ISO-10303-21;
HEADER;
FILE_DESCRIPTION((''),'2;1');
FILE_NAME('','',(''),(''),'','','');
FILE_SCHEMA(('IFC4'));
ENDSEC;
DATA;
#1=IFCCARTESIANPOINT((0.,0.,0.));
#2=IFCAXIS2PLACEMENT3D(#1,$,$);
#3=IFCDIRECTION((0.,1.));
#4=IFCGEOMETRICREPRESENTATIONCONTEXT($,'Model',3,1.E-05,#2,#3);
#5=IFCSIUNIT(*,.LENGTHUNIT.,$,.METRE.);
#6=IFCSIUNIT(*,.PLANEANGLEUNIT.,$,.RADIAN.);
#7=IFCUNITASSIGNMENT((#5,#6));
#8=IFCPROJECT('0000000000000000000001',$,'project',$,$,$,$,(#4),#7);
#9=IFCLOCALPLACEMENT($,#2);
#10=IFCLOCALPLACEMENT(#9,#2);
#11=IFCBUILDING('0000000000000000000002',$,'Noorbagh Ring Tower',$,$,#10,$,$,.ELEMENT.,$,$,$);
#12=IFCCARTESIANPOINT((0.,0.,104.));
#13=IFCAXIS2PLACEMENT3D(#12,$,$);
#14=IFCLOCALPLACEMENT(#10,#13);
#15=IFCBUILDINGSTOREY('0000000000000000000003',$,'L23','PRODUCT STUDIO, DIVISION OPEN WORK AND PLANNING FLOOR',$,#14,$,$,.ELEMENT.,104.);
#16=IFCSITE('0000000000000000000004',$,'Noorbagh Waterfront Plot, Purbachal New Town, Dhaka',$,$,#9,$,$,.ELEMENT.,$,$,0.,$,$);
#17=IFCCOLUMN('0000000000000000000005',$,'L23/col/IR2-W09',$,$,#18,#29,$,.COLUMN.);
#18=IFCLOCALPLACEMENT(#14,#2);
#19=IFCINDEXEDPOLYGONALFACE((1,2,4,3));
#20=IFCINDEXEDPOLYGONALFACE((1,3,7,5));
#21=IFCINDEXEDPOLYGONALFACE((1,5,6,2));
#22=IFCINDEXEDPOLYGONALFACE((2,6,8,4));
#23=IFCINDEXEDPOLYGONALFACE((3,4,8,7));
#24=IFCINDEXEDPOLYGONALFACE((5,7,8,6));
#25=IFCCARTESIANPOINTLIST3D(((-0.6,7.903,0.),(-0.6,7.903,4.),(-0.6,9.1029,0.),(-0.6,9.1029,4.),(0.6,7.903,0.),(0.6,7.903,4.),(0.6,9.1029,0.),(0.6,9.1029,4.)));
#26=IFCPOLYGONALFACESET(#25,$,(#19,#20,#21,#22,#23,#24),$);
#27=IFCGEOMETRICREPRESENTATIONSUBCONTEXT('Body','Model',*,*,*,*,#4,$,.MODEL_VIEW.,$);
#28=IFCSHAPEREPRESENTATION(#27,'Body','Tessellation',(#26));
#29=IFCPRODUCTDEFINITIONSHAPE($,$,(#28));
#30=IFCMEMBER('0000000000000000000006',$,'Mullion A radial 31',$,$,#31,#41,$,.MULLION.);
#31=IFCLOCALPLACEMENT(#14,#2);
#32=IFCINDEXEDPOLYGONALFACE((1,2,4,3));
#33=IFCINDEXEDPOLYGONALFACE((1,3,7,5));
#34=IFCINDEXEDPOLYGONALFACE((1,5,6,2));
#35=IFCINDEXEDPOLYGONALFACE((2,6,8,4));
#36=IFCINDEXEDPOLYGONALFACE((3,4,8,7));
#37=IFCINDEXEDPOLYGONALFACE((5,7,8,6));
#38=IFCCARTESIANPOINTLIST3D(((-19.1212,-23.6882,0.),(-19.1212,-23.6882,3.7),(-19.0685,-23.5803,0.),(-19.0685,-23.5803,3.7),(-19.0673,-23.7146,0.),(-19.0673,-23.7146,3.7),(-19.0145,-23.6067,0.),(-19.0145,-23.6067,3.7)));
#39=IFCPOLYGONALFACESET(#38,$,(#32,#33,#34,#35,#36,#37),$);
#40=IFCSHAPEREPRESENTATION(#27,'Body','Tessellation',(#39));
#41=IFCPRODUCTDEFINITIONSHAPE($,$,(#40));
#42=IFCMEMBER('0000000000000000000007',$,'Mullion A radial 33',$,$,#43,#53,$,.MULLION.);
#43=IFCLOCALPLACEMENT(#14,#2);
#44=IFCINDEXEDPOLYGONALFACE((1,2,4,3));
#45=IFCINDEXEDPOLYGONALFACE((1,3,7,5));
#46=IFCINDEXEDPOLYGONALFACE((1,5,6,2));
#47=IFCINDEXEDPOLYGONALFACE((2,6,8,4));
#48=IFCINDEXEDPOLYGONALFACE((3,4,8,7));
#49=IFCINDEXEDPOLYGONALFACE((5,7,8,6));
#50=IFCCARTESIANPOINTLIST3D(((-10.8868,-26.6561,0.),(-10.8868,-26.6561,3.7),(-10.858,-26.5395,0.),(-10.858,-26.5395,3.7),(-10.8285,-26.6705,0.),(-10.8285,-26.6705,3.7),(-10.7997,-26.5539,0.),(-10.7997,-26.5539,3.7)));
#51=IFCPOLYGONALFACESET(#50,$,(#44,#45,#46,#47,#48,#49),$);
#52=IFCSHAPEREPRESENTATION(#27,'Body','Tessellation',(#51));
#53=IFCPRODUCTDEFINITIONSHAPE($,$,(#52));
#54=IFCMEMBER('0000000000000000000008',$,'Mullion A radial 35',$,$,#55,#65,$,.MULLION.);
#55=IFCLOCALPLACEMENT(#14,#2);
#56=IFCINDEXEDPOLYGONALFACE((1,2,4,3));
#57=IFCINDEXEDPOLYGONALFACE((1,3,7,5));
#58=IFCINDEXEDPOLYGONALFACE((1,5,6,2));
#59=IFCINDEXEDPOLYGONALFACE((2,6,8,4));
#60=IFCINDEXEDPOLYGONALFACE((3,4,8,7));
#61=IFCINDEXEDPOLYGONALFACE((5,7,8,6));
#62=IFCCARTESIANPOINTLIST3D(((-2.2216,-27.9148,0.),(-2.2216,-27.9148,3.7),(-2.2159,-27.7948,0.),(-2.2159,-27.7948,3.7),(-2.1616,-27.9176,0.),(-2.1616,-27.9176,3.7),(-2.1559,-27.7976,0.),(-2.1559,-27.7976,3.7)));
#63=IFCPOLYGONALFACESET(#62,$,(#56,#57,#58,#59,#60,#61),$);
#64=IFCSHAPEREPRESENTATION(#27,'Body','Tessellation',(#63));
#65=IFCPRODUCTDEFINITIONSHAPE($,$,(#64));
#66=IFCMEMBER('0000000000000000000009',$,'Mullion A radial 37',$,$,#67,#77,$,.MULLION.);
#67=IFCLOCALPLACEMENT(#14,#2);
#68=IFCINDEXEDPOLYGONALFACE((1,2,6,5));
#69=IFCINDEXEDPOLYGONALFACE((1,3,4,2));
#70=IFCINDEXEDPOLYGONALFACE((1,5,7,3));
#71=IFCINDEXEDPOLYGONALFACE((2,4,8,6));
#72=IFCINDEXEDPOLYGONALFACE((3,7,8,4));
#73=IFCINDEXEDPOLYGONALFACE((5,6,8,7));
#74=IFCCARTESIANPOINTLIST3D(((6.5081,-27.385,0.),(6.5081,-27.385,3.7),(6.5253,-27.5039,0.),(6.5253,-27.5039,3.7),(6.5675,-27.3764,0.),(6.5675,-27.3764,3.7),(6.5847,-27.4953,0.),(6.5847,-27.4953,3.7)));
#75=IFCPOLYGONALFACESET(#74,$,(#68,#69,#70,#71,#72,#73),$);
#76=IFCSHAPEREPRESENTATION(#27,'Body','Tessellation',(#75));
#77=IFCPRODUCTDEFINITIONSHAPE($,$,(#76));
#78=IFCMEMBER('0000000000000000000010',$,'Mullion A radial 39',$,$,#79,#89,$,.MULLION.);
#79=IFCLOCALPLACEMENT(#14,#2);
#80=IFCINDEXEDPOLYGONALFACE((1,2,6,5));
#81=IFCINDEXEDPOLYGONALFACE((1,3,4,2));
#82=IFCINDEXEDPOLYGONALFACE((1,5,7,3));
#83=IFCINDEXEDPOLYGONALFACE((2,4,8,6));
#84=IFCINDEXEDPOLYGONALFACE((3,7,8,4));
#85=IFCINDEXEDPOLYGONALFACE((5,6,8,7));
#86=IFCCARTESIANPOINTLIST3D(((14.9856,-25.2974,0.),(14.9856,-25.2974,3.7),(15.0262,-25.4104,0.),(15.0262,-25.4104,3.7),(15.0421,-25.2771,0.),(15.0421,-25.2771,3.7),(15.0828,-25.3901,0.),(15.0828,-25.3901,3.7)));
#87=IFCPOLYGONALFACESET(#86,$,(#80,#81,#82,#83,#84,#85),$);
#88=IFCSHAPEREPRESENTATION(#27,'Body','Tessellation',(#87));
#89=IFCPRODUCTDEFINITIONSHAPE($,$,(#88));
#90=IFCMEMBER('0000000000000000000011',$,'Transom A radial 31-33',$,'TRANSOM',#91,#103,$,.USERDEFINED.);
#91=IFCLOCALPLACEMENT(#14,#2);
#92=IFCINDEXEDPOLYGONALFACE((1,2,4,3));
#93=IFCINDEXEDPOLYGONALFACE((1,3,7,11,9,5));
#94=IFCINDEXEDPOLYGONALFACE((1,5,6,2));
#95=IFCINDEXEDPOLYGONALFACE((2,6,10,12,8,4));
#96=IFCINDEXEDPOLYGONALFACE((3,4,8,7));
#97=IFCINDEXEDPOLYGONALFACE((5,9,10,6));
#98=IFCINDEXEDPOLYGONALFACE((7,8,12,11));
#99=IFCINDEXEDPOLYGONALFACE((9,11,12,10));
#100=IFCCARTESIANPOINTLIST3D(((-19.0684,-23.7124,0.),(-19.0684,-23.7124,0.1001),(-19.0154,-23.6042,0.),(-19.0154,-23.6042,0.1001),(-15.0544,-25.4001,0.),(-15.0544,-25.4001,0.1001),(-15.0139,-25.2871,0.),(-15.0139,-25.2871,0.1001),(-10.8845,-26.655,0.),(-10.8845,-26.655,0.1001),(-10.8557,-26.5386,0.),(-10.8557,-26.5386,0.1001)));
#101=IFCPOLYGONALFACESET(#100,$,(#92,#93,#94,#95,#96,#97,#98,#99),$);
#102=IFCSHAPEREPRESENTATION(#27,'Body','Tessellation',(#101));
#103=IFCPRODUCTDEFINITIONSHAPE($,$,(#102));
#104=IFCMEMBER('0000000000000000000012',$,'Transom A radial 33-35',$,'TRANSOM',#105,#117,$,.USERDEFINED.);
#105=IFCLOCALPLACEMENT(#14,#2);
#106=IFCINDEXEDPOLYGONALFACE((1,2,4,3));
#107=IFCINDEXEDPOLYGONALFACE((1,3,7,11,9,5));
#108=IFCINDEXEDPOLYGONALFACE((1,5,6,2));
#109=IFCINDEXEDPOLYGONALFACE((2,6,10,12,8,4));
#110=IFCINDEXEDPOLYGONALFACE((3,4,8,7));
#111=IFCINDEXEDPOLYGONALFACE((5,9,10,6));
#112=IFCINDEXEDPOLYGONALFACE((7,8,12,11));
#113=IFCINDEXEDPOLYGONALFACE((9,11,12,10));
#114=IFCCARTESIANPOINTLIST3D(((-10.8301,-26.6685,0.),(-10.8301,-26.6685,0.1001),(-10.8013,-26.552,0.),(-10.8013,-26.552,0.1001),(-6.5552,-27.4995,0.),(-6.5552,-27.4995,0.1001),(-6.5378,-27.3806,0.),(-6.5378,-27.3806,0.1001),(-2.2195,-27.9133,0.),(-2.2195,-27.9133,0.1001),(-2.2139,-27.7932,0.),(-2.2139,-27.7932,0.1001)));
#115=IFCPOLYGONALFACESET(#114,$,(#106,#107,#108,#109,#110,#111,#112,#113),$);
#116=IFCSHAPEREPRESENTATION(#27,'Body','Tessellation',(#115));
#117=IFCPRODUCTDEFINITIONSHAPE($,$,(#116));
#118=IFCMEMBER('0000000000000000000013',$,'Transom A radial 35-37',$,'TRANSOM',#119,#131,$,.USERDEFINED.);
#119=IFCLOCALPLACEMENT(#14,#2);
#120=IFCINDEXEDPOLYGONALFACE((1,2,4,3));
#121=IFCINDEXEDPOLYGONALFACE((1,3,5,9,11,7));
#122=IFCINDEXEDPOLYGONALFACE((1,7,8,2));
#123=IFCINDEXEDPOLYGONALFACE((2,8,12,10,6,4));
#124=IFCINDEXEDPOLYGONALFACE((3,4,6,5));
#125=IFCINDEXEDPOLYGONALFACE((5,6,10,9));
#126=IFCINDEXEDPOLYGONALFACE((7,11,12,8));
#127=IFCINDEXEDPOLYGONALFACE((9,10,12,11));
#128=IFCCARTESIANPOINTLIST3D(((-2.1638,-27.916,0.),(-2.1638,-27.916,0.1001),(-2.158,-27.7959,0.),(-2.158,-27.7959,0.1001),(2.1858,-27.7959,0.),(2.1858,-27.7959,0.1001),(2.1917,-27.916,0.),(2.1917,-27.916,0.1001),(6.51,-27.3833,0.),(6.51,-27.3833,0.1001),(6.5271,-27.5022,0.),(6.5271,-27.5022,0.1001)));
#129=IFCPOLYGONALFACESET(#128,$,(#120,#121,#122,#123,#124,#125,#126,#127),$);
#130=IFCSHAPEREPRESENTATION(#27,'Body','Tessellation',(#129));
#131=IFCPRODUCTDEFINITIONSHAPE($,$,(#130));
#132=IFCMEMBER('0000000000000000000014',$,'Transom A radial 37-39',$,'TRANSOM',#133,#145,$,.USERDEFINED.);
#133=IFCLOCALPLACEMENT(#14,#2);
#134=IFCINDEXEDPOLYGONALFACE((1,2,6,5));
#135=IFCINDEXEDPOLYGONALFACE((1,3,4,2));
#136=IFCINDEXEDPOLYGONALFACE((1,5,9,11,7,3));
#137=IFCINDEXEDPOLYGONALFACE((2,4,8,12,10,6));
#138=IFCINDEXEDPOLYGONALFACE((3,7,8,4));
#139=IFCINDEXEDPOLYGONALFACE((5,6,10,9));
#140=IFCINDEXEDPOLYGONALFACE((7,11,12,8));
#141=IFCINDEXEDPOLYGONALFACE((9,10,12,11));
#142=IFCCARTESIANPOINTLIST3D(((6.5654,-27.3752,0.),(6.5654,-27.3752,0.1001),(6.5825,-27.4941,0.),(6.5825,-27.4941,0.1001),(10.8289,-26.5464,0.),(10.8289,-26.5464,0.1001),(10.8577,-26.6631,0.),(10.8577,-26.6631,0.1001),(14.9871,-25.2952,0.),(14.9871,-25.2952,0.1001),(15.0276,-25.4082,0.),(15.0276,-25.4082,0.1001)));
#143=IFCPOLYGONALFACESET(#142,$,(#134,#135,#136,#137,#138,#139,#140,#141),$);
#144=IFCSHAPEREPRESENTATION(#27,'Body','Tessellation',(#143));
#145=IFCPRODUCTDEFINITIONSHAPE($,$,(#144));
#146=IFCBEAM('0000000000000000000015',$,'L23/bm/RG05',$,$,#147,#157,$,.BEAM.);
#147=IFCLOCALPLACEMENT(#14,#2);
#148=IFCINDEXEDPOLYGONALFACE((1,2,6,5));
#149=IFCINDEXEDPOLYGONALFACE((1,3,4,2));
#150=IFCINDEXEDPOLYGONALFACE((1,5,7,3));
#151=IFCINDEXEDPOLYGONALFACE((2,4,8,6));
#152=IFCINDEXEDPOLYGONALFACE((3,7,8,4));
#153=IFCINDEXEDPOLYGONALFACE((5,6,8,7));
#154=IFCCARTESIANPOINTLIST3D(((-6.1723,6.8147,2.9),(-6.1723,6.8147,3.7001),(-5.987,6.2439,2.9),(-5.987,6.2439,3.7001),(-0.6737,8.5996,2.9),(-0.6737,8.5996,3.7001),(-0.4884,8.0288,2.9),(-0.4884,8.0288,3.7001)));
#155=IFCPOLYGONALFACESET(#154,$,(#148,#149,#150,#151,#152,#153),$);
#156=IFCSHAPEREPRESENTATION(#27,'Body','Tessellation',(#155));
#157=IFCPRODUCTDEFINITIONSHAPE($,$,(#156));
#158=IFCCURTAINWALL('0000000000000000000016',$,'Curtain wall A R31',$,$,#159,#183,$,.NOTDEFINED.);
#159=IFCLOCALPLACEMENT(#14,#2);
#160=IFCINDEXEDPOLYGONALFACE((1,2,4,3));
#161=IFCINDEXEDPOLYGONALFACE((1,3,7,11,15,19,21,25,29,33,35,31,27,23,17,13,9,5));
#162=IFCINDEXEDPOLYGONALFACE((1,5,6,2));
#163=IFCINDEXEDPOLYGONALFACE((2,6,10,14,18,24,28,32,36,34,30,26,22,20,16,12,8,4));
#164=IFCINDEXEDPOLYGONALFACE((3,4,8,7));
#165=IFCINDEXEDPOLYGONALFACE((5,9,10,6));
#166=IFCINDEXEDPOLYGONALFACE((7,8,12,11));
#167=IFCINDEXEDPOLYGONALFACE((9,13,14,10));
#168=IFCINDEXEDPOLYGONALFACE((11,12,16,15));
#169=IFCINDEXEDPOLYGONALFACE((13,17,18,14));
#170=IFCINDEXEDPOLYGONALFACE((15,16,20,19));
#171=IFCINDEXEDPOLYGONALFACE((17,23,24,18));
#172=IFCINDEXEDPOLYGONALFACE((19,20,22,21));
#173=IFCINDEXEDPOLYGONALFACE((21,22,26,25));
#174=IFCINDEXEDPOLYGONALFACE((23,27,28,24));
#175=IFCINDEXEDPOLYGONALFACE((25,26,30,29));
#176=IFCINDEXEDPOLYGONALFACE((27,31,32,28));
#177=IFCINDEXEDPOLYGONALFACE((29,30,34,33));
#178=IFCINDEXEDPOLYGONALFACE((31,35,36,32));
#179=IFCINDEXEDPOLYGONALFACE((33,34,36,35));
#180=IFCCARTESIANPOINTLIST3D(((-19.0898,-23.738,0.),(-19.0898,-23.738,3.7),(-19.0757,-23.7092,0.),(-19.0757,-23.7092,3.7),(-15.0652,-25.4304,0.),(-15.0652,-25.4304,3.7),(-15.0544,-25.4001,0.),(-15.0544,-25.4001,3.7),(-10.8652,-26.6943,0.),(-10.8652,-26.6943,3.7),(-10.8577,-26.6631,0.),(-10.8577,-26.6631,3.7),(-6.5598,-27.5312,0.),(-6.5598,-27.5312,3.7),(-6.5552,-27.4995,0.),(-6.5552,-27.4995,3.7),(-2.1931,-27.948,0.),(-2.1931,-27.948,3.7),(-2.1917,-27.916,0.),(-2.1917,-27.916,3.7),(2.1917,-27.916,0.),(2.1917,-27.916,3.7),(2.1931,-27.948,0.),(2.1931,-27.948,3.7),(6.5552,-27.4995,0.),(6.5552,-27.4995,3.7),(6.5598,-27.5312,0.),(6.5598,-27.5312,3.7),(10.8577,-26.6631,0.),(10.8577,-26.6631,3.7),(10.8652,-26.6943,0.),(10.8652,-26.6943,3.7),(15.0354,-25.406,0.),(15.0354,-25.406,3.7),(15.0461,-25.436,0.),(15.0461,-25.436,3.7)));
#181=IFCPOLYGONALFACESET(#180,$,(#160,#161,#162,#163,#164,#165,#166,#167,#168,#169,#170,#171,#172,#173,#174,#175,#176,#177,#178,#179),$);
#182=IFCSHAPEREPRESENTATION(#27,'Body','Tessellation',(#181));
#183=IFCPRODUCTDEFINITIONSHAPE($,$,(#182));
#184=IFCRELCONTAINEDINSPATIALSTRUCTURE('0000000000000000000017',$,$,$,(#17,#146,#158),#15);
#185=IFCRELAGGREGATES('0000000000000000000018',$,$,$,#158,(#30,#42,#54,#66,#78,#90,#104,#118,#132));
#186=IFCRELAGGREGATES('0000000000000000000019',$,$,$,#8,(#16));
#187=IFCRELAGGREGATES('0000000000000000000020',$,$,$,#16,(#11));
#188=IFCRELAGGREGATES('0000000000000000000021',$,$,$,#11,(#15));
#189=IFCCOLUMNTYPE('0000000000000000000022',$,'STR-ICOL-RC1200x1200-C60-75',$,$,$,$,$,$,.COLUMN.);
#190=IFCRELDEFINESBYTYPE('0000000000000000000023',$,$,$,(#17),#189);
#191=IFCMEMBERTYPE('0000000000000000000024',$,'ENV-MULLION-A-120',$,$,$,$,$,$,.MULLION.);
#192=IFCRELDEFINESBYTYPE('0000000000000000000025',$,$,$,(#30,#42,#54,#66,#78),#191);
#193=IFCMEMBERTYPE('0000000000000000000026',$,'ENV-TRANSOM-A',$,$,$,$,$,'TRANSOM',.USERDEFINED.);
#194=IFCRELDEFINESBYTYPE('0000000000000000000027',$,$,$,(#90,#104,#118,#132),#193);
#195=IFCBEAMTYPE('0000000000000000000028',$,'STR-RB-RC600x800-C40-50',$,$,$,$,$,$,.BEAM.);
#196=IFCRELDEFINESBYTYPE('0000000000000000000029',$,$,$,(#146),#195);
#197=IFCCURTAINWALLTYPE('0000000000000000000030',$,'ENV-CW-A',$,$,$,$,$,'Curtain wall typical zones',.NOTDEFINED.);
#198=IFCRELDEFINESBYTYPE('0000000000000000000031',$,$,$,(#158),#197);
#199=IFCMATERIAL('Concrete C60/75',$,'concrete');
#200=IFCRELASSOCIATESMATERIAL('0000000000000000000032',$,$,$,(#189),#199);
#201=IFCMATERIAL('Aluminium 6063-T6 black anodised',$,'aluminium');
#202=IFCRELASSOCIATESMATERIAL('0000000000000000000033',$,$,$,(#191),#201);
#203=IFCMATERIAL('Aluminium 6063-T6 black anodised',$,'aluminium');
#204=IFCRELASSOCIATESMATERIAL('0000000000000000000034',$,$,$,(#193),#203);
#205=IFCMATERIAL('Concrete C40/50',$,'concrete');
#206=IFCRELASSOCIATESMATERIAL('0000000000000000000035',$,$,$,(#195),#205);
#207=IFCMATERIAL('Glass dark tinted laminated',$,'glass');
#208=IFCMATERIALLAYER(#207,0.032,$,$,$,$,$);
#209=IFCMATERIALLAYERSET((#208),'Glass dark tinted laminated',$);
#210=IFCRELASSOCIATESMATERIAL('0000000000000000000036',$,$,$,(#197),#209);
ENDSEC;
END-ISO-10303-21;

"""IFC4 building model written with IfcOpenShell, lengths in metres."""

from ifc_helpers import new_model, si_unit, direction, frame, origin, origin_2d, place, context, subcontext, project, spatial, polyline, rectangle, outline, extrude, material, layer, layer_set, material_profile, profile_set, type_object, element, aggregate, save


model = new_model("IFC4")

# Units and contexts
model_context = context("Model", 3, precision=1e-05, world=origin(), true_north=direction((0.0, 1.0)))
body_context = subcontext(model_context, "Body", "Model", "MODEL_VIEW")
ifc_project = project(units=[si_unit("LENGTHUNIT", "METRE"), si_unit("PLANEANGLEUNIT", "RADIAN")], contexts=[model_context])

# Site, building, storey
site_placement = place(None, origin())
site = spatial("IfcSite", under=ifc_project, at=site_placement, Name="Noorbagh Waterfront Plot, Purbachal New Town, Dhaka", CompositionType="ELEMENT", RefElevation=0.0)
building_placement = place(site_placement, origin())
building = spatial("IfcBuilding", under=site, at=building_placement, Name="Noorbagh Ring Tower", CompositionType="ELEMENT")
storey_placement = place(building_placement, frame((0.0, 0.0, 104.0)))
storey = spatial("IfcBuildingStorey", under=building, at=storey_placement, Name="L23", Description="PRODUCT STUDIO, DIVISION OPEN WORK AND PLANNING FLOOR", CompositionType="ELEMENT", Elevation=104.0)

# Column
ifc_material_1 = material(Name="Concrete C60/75", Category="concrete")
ifc_material_profile_1 = material_profile(ifc_material_1, rectangle(XDim=1.2, YDim=1.2, at=origin_2d()), Name="RC1200x1200")
ifc_profile_set_1 = profile_set([ifc_material_profile_1], Name="Concrete C60/75")
column_type = type_object("IfcColumnType", Name="STR-ICOL-RC1200x1200-C60-75", PredefinedType="COLUMN", material=ifc_profile_set_1)
column_placement = place(storey_placement, frame((0.0, 8.5029, 0.0), z_axis=(0.0, 0.0, 1.0), x_axis=(-1.0, 0.0, 0.0)))
element("IfcColumn", 1, at=column_placement, inside=storey, type_object=column_type, Name="L23/col/IR2-W09", PredefinedType="COLUMN", context=body_context, shape_type="SweptSolid", body=[
    extrude(rectangle(XDim=1.2, YDim=1.2, at=origin_2d()), origin(), (0.0, 0.0, 1.0), 4.0),
])

# Members
ifc_material_2 = material(Name="Aluminium 6063-T6 black anodised", Category="aluminium")
ifc_material_profile_2 = material_profile(ifc_material_2, rectangle(XDim=0.1201, YDim=0.0601, at=origin_2d()), Name="120x60")
ifc_profile_set_2 = profile_set([ifc_material_profile_2], Name="Aluminium 6063-T6 black anodised")
member_type_1 = type_object("IfcMemberType", Name="ENV-MULLION-A-120", PredefinedType="MULLION", material=ifc_profile_set_2)
member_1_placement = place(storey_placement, frame((-19.0679, -23.6475, 0.0), z_axis=(0.0, 0.0, 1.0), x_axis=(0.439238, 0.898371, 0.0)))
member_1 = element("IfcMember", 2, at=member_1_placement, type_object=member_type_1, Name="Mullion A radial 31", PredefinedType="MULLION", context=body_context, shape_type="SweptSolid", body=[
    extrude(rectangle(XDim=0.1201, YDim=0.0601, at=origin_2d()), origin(), (0.0, 0.0, 1.0), 3.7),
])
member_2_placement = place(storey_placement, frame((-10.8433, -26.605, 0.0), z_axis=(0.0, 0.0, 1.0), x_axis=(0.239799, 0.970823, 0.0)))
member_2 = element("IfcMember", 3, at=member_2_placement, type_object=member_type_1, Name="Mullion A radial 33", PredefinedType="MULLION", context=body_context, shape_type="SweptSolid", body=[
    extrude(rectangle(XDim=0.1201, YDim=0.0601, at=origin_2d()), origin(), (0.0, 0.0, 1.0), 3.7),
])
member_3_placement = place(storey_placement, frame((-2.1887, -27.8562, 0.0), z_axis=(0.0, 0.0, 1.0), x_axis=(0.047558, 0.998868, 0.0)))
member_3 = element("IfcMember", 4, at=member_3_placement, type_object=member_type_1, Name="Mullion A radial 35", PredefinedType="MULLION", context=body_context, shape_type="SweptSolid", body=[
    extrude(rectangle(XDim=0.1201, YDim=0.0601, at=origin_2d()), origin(), (0.0, 0.0, 1.0), 3.7),
])
member_4_placement = place(storey_placement, frame((6.5464, -27.4402, 0.0), z_axis=(0.0, 0.0, 1.0), x_axis=(-0.143082, 0.989711, 0.0)))
member_4 = element("IfcMember", 5, at=member_4_placement, type_object=member_type_1, Name="Mullion A radial 37", PredefinedType="MULLION", context=body_context, shape_type="SweptSolid", body=[
    extrude(rectangle(XDim=0.1201, YDim=0.0601, at=origin_2d()), origin(), (0.0, 0.0, 1.0), 3.7),
])
member_5_placement = place(storey_placement, frame((15.0342, -25.3438, 0.0), z_axis=(0.0, 0.0, 1.0), x_axis=(-0.338379, 0.94101, 0.0)))
member_5 = element("IfcMember", 6, at=member_5_placement, type_object=member_type_1, Name="Mullion A radial 39", PredefinedType="MULLION", context=body_context, shape_type="SweptSolid", body=[
    extrude(rectangle(XDim=0.1201, YDim=0.0601, at=origin_2d()), origin(), (0.0, 0.0, 1.0), 3.7),
])
ifc_material_3 = material(Name="Aluminium 6063-T6 black anodised", Category="aluminium")
member_type_2 = type_object("IfcMemberType", Name="ENV-TRANSOM-A", ElementType="TRANSOM", PredefinedType="USERDEFINED", material=ifc_material_3)
member_6_placement = place(storey_placement, origin())
member_6 = element("IfcMember", 7, at=member_6_placement, type_object=member_type_2, Name="Transom A radial 31-33", ObjectType="TRANSOM", PredefinedType="USERDEFINED", context=body_context, shape_type="SweptSolid", body=[
    extrude(outline(polyline([(-19.0684, -23.7124), (-15.0544, -25.4001), (-10.8845, -26.655), (-10.8557, -26.5386), (-15.0139, -25.2871), (-19.0154, -23.6042), (-19.0684, -23.7124)])), origin(), (0.0, 0.0, 1.0), 0.1001),
])
member_7_placement = place(storey_placement, origin())
member_7 = element("IfcMember", 8, at=member_7_placement, type_object=member_type_2, Name="Transom A radial 33-35", ObjectType="TRANSOM", PredefinedType="USERDEFINED", context=body_context, shape_type="SweptSolid", body=[
    extrude(outline(polyline([(-10.8301, -26.6685), (-6.5552, -27.4995), (-2.2195, -27.9133), (-2.2139, -27.7932), (-6.5378, -27.3806), (-10.8013, -26.552), (-10.8301, -26.6685)])), origin(), (0.0, 0.0, 1.0), 0.1001),
])
member_8_placement = place(storey_placement, origin())
member_8 = element("IfcMember", 9, at=member_8_placement, type_object=member_type_2, Name="Transom A radial 35-37", ObjectType="TRANSOM", PredefinedType="USERDEFINED", context=body_context, shape_type="SweptSolid", body=[
    extrude(outline(polyline([(-2.1638, -27.916), (2.1917, -27.916), (6.5271, -27.5022), (6.51, -27.3833), (2.1858, -27.7959), (-2.158, -27.7959), (-2.1638, -27.916)])), origin(), (0.0, 0.0, 1.0), 0.1001),
])
member_9_placement = place(storey_placement, origin())
member_9 = element("IfcMember", 10, at=member_9_placement, type_object=member_type_2, Name="Transom A radial 37-39", ObjectType="TRANSOM", PredefinedType="USERDEFINED", context=body_context, shape_type="SweptSolid", body=[
    extrude(outline(polyline([(6.5825, -27.4941), (10.8577, -26.6631), (15.0276, -25.4082), (14.9871, -25.2952), (10.8289, -26.5464), (6.5654, -27.3752), (6.5825, -27.4941)])), origin(), (0.0, 0.0, 1.0), 0.1001),
])

# Beam
ifc_material_4 = material(Name="Concrete C40/50", Category="concrete")
ifc_material_profile_3 = material_profile(ifc_material_4, rectangle(XDim=0.6001, YDim=0.8, at=origin_2d()), Name="RC600x800")
ifc_profile_set_3 = profile_set([ifc_material_profile_3], Name="Concrete C40/50")
beam_type = type_object("IfcBeamType", Name="STR-RB-RC600x800-C40-50", PredefinedType="BEAM", material=ifc_profile_set_3)
beam_placement = place(storey_placement, frame((-0.5811, 8.3142, 3.3), z_axis=(-0.951141, -0.308756, 0.0), x_axis=(0.308756, -0.951141, 0.0)))
element("IfcBeam", 11, at=beam_placement, inside=storey, type_object=beam_type, Name="L23/bm/RG05", PredefinedType="BEAM", context=body_context, shape_type="SweptSolid", body=[
    extrude(rectangle(XDim=0.6001, YDim=0.8, at=origin_2d()), origin(), (0.0, 0.0, 1.0), 5.781),
])

# Curtain wall
ifc_material_5 = material(Name="Glass dark tinted laminated", Category="glass")
ifc_layer_1 = layer(ifc_material_5, 0.032)
ifc_layer_set_1 = layer_set([ifc_layer_1], Name="Glass dark tinted laminated")
curtain_wall_type = type_object("IfcCurtainWallType", Name="ENV-CW-A", ElementType="Curtain wall typical zones", PredefinedType="NOTDEFINED", material=ifc_layer_set_1)
curtain_wall_1_placement = place(storey_placement, origin())
curtain_wall_1 = element("IfcCurtainWall", 12, at=curtain_wall_1_placement, inside=storey, type_object=curtain_wall_type, Name="Curtain wall A R31", PredefinedType="NOTDEFINED", context=body_context, shape_type="SweptSolid", body=[
    extrude(outline(polyline([(-19.0898, -23.738), (-15.0652, -25.4304), (-10.8652, -26.6943), (-6.5598, -27.5312), (-2.1931, -27.948), (2.1931, -27.948), (6.5598, -27.5312), (10.8652, -26.6943), (15.0461, -25.436), (15.0354, -25.406), (10.8577, -26.6631), (6.5552, -27.4995), (2.1917, -27.916), (-2.1917, -27.916), (-6.5552, -27.4995), (-10.8577, -26.6631), (-15.0544, -25.4001), (-19.0757, -23.7092), (-19.0898, -23.738)])), origin(), (0.0, 0.0, 1.0), 3.7),
])
aggregate(curtain_wall_1, [member_1, member_2, member_3, member_4, member_5, member_6, member_7, member_8, member_9])

save(model, "model.ifc")
